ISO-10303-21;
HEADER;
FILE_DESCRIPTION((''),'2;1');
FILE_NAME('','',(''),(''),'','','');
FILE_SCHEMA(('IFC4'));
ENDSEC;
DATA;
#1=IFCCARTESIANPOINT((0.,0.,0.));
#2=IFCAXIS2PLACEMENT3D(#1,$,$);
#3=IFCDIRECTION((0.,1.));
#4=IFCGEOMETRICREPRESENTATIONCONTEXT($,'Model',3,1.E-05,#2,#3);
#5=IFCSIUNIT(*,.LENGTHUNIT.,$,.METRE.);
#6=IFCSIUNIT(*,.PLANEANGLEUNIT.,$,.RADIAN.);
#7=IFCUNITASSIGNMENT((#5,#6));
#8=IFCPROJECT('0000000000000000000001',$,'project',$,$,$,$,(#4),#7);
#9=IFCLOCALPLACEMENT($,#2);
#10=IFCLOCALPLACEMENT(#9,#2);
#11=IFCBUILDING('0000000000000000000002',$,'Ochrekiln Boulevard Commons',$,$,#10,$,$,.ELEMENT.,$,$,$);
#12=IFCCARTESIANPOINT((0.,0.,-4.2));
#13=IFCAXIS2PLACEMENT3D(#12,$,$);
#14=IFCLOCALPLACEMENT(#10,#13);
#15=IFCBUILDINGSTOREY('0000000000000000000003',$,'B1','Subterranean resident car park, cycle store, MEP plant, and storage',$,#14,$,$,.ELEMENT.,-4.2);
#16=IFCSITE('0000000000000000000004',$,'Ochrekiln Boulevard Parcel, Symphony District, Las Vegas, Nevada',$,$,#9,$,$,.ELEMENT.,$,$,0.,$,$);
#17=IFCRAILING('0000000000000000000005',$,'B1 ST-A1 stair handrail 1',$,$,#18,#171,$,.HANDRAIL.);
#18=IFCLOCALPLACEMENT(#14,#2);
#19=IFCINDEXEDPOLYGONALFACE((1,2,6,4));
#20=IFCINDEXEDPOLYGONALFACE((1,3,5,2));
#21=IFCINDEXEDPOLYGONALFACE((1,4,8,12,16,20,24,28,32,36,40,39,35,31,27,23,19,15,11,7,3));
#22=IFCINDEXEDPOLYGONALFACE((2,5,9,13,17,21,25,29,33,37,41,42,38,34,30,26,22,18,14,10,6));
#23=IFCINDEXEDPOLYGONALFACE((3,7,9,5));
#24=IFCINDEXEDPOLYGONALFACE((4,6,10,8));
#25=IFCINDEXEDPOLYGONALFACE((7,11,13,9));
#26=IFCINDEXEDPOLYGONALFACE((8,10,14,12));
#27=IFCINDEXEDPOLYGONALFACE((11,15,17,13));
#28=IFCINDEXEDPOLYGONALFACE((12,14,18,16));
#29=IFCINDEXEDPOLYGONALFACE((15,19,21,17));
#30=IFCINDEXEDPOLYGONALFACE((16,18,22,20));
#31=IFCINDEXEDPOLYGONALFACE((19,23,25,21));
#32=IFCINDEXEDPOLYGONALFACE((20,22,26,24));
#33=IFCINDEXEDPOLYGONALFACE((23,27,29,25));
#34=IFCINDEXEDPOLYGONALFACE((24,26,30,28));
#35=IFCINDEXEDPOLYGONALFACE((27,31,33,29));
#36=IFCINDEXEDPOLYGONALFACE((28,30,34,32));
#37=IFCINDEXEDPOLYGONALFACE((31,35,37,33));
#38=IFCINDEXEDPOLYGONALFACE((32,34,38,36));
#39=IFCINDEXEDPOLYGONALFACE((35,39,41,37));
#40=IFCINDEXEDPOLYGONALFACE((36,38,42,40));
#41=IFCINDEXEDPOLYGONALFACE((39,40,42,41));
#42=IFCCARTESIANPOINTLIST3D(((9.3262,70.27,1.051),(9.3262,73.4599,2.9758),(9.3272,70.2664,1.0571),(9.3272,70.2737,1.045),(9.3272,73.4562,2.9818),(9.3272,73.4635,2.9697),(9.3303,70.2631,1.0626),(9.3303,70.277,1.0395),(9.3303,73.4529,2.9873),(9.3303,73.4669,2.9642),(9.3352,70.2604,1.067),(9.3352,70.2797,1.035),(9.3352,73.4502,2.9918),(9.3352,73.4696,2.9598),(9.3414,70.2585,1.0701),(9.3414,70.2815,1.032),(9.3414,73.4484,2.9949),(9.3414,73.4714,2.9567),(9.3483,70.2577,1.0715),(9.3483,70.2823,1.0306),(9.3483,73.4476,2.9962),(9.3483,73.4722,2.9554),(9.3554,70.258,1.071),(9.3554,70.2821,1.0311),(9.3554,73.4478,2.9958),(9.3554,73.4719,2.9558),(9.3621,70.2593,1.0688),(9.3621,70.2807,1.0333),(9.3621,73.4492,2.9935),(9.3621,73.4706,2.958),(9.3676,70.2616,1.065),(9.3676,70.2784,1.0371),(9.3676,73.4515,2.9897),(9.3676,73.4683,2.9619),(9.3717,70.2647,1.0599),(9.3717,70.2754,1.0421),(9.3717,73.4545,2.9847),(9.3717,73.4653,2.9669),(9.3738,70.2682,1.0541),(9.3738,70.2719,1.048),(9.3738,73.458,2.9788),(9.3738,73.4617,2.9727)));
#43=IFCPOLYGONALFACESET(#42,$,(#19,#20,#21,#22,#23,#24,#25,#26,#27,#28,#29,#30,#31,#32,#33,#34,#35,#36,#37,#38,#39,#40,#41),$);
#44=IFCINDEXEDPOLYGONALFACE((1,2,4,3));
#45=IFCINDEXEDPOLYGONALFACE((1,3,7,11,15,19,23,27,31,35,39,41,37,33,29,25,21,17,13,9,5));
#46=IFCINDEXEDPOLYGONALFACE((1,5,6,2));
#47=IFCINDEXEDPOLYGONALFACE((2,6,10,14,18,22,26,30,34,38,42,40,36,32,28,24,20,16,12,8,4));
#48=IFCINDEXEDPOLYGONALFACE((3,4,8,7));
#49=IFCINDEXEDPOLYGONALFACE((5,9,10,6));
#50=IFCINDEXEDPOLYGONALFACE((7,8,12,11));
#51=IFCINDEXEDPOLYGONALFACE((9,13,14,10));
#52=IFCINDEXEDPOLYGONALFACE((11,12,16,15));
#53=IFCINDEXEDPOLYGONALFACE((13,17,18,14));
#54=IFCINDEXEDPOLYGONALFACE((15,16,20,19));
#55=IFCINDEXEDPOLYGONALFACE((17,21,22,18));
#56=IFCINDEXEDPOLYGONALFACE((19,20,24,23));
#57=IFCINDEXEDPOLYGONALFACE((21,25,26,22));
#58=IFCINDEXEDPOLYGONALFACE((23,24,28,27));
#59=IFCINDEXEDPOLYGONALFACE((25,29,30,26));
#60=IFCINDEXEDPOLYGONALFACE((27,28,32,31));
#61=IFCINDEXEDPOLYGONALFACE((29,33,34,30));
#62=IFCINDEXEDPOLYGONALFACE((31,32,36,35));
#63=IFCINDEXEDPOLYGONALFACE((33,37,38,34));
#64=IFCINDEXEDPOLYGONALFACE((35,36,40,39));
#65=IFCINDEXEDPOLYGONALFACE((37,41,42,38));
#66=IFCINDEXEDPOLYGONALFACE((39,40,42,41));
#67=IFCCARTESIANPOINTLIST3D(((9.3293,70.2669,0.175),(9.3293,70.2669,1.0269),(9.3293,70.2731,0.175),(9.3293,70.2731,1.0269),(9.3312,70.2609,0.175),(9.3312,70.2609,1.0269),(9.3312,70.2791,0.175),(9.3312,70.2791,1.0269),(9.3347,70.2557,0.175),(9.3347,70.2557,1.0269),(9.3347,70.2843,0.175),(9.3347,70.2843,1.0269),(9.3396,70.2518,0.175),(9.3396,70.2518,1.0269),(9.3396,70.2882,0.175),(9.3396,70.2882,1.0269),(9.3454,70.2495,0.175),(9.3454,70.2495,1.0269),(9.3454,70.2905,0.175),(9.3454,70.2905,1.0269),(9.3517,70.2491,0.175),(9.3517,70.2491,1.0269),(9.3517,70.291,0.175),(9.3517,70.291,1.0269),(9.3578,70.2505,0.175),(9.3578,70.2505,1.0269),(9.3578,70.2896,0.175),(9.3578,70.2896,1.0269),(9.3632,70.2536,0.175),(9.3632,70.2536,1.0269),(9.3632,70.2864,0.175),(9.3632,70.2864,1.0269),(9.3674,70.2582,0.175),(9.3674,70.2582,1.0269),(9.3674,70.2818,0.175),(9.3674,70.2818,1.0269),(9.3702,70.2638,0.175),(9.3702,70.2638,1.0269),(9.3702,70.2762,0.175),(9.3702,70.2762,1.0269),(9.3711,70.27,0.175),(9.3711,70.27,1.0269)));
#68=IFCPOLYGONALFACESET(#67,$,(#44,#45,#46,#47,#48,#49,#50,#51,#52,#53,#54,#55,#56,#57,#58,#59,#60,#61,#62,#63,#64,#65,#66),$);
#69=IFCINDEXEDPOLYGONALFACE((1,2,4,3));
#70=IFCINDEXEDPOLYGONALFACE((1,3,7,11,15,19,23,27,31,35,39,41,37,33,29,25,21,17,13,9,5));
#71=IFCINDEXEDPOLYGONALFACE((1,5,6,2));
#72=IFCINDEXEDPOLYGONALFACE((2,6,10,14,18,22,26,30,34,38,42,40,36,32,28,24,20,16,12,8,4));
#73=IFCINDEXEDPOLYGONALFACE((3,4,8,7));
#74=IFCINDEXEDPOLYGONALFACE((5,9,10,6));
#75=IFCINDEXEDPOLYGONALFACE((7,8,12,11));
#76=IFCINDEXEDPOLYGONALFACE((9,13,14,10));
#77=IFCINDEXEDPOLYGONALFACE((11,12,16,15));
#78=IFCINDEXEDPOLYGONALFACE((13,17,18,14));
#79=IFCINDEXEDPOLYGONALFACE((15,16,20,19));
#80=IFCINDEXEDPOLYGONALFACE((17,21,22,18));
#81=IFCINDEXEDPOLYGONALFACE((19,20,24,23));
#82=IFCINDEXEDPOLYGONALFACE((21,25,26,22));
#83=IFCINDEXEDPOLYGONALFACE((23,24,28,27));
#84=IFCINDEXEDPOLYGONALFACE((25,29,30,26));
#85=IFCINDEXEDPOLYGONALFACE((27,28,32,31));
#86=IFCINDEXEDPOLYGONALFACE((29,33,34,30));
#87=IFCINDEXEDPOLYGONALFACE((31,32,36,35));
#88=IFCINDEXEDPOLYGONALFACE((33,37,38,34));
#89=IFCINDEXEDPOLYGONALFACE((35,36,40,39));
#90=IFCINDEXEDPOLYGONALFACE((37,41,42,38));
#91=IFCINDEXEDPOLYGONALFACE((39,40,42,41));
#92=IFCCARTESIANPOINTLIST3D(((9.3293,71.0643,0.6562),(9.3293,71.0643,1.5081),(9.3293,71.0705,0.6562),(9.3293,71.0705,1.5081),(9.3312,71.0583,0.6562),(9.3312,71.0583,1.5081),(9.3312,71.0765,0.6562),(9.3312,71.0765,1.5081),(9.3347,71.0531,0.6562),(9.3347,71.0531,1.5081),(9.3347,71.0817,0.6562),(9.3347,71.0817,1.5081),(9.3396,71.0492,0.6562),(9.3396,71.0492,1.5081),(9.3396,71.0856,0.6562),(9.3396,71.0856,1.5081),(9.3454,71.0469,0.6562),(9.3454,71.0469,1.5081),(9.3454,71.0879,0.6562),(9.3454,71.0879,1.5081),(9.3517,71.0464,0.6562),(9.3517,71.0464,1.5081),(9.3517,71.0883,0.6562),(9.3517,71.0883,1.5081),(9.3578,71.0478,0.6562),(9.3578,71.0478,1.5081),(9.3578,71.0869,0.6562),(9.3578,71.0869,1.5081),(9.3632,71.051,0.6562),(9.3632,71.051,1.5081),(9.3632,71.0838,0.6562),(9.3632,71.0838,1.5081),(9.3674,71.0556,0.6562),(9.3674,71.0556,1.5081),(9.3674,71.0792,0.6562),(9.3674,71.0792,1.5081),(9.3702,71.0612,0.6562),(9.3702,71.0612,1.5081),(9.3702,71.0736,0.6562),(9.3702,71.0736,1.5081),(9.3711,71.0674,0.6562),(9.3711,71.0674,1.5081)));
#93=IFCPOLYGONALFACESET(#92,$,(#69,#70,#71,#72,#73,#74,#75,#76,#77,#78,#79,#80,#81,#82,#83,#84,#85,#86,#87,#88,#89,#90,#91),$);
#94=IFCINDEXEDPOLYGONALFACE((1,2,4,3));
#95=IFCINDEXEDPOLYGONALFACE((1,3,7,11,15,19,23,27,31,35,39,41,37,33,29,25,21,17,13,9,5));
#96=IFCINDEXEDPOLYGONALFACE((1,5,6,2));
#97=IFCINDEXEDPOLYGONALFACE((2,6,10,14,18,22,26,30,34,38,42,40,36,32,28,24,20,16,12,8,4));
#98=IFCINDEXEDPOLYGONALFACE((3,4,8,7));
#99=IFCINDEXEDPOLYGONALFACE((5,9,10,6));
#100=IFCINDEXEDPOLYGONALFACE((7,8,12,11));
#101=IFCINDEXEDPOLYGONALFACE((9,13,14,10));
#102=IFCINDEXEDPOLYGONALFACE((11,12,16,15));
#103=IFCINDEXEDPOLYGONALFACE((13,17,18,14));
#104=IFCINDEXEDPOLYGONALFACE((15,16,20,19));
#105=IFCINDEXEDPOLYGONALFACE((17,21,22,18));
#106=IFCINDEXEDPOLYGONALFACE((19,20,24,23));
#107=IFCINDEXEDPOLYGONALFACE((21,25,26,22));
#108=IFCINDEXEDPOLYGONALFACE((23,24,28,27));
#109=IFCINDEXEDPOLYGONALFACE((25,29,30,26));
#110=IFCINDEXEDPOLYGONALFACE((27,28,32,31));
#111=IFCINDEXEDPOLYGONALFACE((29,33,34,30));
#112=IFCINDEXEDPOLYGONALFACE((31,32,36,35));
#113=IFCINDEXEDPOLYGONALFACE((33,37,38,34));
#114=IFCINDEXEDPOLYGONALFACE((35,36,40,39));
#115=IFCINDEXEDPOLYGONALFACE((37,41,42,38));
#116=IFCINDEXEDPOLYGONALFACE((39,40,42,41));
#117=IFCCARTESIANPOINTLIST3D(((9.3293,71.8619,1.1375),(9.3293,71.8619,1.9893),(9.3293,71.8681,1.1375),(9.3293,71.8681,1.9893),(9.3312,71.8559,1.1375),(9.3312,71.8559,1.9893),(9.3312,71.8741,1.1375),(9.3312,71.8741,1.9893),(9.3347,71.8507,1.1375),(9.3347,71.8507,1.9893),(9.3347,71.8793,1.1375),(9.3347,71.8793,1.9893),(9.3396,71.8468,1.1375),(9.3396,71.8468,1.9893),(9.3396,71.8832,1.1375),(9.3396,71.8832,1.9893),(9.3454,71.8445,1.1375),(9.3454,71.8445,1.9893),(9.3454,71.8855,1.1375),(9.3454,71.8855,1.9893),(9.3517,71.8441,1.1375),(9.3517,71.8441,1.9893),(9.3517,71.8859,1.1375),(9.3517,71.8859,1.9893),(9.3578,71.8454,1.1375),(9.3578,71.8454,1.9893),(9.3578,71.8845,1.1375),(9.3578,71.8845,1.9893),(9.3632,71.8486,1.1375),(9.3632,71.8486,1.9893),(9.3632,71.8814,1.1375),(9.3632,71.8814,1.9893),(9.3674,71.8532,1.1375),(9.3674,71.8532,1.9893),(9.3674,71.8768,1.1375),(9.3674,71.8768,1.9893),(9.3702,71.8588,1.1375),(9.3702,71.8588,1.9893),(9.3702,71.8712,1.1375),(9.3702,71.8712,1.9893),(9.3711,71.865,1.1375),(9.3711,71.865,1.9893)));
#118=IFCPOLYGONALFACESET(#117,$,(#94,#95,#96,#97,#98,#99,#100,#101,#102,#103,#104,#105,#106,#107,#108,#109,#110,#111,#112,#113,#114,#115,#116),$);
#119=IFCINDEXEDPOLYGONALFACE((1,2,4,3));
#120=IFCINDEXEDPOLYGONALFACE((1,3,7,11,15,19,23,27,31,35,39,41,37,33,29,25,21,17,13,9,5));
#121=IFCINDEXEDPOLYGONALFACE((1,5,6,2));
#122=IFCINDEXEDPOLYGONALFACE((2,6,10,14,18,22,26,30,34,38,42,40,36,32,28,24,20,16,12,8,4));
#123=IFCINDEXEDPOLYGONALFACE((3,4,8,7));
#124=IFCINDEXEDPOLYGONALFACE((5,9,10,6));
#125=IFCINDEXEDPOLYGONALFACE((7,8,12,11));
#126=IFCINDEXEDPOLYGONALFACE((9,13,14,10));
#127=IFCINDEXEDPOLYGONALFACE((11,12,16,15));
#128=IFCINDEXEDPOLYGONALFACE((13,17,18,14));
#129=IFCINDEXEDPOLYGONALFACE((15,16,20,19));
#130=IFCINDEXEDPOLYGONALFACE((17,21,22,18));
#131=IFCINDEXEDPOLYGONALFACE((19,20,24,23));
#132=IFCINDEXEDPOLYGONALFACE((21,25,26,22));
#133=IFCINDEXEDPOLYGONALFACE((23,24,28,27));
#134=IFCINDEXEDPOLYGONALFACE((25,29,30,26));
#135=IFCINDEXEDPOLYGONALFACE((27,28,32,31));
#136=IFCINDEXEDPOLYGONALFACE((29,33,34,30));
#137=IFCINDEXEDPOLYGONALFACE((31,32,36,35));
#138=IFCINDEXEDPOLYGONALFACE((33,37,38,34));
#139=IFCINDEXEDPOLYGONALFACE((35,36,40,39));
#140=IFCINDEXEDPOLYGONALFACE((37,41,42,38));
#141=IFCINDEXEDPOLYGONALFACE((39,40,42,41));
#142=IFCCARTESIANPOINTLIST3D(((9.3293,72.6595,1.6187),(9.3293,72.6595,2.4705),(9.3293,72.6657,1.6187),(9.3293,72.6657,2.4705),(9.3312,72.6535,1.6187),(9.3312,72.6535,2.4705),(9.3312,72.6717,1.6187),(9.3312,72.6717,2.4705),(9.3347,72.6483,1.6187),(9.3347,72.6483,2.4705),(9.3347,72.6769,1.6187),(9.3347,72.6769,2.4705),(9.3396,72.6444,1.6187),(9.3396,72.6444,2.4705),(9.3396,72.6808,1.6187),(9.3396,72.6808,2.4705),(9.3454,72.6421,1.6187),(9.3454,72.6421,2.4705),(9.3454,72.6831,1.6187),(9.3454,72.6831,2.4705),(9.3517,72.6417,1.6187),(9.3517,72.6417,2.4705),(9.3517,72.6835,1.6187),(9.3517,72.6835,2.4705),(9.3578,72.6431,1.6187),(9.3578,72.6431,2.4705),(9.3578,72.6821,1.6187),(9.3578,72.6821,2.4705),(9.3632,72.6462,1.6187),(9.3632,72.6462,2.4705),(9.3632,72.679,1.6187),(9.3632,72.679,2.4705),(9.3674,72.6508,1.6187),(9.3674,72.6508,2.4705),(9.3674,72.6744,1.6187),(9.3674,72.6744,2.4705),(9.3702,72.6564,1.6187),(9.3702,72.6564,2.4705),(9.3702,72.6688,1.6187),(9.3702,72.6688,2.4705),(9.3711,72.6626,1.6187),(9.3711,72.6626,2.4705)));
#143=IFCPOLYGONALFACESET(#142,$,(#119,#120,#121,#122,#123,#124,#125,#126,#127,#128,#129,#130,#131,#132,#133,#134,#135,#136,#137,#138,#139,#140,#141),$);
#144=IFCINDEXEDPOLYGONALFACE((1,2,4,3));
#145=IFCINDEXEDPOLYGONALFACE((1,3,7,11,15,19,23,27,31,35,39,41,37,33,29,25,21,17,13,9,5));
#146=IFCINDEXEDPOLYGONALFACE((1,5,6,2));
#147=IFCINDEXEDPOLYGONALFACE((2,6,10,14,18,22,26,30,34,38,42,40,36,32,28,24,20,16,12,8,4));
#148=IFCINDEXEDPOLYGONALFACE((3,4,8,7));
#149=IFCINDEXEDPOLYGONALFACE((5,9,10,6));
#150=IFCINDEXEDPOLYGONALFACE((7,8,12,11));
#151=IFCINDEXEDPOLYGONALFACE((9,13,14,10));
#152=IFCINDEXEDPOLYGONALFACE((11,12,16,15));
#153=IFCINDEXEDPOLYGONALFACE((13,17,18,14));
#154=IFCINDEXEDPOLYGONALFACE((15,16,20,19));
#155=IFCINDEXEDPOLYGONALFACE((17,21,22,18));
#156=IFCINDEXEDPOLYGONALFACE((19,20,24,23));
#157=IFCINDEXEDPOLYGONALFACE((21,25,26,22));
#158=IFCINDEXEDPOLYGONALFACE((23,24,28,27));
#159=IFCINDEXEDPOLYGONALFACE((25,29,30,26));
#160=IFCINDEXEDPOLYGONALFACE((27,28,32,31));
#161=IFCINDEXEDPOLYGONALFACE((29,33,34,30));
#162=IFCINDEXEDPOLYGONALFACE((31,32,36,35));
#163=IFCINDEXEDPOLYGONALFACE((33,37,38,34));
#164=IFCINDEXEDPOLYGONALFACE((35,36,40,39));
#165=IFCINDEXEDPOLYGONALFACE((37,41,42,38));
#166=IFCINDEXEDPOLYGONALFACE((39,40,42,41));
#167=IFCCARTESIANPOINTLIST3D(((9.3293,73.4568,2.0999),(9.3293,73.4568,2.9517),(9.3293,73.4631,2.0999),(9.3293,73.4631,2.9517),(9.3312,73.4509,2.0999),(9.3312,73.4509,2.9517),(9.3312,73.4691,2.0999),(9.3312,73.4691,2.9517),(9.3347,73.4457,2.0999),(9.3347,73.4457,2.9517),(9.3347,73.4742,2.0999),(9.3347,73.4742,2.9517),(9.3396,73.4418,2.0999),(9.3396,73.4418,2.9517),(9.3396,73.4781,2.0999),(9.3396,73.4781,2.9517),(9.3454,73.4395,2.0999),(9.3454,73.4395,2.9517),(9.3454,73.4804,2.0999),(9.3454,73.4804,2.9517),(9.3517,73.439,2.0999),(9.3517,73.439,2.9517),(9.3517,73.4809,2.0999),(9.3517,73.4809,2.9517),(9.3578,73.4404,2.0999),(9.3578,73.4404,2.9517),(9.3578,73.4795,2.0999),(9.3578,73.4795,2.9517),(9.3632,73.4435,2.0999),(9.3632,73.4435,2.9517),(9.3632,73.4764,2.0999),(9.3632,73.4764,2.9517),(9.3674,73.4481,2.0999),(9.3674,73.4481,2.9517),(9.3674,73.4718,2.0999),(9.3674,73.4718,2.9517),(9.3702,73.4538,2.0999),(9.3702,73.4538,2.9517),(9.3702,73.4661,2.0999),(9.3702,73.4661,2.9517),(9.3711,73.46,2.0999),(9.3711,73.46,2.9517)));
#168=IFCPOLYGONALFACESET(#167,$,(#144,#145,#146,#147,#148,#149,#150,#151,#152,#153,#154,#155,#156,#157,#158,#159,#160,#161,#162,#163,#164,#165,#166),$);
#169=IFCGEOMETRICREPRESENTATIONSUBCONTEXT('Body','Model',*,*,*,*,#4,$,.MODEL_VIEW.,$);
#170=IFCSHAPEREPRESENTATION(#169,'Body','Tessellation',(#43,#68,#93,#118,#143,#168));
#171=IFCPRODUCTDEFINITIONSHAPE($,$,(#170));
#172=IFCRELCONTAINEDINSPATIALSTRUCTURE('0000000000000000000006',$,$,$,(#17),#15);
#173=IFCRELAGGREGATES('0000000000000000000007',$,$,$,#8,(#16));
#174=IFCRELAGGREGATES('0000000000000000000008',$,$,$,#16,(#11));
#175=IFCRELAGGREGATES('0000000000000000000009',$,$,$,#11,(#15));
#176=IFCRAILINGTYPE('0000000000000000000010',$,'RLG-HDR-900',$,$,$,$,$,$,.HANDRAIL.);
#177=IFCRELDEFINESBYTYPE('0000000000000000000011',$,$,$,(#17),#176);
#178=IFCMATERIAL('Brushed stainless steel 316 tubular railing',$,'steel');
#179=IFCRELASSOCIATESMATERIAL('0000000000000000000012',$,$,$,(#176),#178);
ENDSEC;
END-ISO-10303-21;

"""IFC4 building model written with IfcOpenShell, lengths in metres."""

from ifc_helpers import new_model, si_unit, direction, frame, origin, origin_2d, place, context, subcontext, project, spatial, circle, extrude, material, type_object, element, save


model = new_model("IFC4")

# Units and contexts
model_context = context("Model", 3, precision=1e-05, world=origin(), true_north=direction((0.0, 1.0)))
body_context = subcontext(model_context, "Body", "Model", "MODEL_VIEW")
ifc_project = project(units=[si_unit("LENGTHUNIT", "METRE"), si_unit("PLANEANGLEUNIT", "RADIAN")], contexts=[model_context])

# Site, building, storey
site_placement = place(None, origin())
site = spatial("IfcSite", under=ifc_project, at=site_placement, Name="Ochrekiln Boulevard Parcel, Symphony District, Las Vegas, Nevada", CompositionType="ELEMENT", RefElevation=0.0)
building_placement = place(site_placement, origin())
building = spatial("IfcBuilding", under=site, at=building_placement, Name="Ochrekiln Boulevard Commons", CompositionType="ELEMENT")
storey_placement = place(building_placement, frame((0.0, 0.0, -4.2)))
storey = spatial("IfcBuildingStorey", under=building, at=storey_placement, Name="B1", Description="Subterranean resident car park, cycle store, MEP plant, and storage", CompositionType="ELEMENT", Elevation=-4.2)

# Railing
ifc_material_1 = material(Name="Brushed stainless steel 316 tubular railing", Category="steel")
railing_type_1 = type_object("IfcRailingType", Name="RLG-HDR-900", PredefinedType="HANDRAIL", material=ifc_material_1)
railing_1_placement = place(storey_placement, frame((9.3501, 70.27, 0.175)))
element("IfcRailing", 1, at=railing_1_placement, inside=storey, type_object=railing_type_1, Name="B1 ST-A1 stair handrail 1", PredefinedType="HANDRAIL", context=body_context, shape_type="SweptSolid", body=[
    extrude(circle(Radius=0.0239, at=origin_2d()), frame((0.0, 0.0, 0.876), z_axis=(0.0, 0.856207, 0.516633), x_axis=(-1.0, 0.0, 0.0)), (0.0, 0.0, 1.0), 3.7256),
    extrude(circle(Radius=0.021, at=origin_2d()), origin(), (0.0, 0.0, 1.0), 0.8518),
    extrude(circle(Radius=0.021, at=origin_2d()), frame((0.0, 0.7974, 0.4812)), (0.0, 0.0, 1.0), 0.8518),
    extrude(circle(Radius=0.021, at=origin_2d()), frame((0.0, 1.595, 0.9624)), (0.0, 0.0, 1.0), 0.8518),
    extrude(circle(Radius=0.021, at=origin_2d()), frame((0.0, 2.3926, 1.4436)), (0.0, 0.0, 1.0), 0.8518),
    extrude(circle(Radius=0.021, at=origin_2d()), frame((0.0, 3.1899, 1.9248)), (0.0, 0.0, 1.0), 0.8518),
])

save(model, "model.ifc")
